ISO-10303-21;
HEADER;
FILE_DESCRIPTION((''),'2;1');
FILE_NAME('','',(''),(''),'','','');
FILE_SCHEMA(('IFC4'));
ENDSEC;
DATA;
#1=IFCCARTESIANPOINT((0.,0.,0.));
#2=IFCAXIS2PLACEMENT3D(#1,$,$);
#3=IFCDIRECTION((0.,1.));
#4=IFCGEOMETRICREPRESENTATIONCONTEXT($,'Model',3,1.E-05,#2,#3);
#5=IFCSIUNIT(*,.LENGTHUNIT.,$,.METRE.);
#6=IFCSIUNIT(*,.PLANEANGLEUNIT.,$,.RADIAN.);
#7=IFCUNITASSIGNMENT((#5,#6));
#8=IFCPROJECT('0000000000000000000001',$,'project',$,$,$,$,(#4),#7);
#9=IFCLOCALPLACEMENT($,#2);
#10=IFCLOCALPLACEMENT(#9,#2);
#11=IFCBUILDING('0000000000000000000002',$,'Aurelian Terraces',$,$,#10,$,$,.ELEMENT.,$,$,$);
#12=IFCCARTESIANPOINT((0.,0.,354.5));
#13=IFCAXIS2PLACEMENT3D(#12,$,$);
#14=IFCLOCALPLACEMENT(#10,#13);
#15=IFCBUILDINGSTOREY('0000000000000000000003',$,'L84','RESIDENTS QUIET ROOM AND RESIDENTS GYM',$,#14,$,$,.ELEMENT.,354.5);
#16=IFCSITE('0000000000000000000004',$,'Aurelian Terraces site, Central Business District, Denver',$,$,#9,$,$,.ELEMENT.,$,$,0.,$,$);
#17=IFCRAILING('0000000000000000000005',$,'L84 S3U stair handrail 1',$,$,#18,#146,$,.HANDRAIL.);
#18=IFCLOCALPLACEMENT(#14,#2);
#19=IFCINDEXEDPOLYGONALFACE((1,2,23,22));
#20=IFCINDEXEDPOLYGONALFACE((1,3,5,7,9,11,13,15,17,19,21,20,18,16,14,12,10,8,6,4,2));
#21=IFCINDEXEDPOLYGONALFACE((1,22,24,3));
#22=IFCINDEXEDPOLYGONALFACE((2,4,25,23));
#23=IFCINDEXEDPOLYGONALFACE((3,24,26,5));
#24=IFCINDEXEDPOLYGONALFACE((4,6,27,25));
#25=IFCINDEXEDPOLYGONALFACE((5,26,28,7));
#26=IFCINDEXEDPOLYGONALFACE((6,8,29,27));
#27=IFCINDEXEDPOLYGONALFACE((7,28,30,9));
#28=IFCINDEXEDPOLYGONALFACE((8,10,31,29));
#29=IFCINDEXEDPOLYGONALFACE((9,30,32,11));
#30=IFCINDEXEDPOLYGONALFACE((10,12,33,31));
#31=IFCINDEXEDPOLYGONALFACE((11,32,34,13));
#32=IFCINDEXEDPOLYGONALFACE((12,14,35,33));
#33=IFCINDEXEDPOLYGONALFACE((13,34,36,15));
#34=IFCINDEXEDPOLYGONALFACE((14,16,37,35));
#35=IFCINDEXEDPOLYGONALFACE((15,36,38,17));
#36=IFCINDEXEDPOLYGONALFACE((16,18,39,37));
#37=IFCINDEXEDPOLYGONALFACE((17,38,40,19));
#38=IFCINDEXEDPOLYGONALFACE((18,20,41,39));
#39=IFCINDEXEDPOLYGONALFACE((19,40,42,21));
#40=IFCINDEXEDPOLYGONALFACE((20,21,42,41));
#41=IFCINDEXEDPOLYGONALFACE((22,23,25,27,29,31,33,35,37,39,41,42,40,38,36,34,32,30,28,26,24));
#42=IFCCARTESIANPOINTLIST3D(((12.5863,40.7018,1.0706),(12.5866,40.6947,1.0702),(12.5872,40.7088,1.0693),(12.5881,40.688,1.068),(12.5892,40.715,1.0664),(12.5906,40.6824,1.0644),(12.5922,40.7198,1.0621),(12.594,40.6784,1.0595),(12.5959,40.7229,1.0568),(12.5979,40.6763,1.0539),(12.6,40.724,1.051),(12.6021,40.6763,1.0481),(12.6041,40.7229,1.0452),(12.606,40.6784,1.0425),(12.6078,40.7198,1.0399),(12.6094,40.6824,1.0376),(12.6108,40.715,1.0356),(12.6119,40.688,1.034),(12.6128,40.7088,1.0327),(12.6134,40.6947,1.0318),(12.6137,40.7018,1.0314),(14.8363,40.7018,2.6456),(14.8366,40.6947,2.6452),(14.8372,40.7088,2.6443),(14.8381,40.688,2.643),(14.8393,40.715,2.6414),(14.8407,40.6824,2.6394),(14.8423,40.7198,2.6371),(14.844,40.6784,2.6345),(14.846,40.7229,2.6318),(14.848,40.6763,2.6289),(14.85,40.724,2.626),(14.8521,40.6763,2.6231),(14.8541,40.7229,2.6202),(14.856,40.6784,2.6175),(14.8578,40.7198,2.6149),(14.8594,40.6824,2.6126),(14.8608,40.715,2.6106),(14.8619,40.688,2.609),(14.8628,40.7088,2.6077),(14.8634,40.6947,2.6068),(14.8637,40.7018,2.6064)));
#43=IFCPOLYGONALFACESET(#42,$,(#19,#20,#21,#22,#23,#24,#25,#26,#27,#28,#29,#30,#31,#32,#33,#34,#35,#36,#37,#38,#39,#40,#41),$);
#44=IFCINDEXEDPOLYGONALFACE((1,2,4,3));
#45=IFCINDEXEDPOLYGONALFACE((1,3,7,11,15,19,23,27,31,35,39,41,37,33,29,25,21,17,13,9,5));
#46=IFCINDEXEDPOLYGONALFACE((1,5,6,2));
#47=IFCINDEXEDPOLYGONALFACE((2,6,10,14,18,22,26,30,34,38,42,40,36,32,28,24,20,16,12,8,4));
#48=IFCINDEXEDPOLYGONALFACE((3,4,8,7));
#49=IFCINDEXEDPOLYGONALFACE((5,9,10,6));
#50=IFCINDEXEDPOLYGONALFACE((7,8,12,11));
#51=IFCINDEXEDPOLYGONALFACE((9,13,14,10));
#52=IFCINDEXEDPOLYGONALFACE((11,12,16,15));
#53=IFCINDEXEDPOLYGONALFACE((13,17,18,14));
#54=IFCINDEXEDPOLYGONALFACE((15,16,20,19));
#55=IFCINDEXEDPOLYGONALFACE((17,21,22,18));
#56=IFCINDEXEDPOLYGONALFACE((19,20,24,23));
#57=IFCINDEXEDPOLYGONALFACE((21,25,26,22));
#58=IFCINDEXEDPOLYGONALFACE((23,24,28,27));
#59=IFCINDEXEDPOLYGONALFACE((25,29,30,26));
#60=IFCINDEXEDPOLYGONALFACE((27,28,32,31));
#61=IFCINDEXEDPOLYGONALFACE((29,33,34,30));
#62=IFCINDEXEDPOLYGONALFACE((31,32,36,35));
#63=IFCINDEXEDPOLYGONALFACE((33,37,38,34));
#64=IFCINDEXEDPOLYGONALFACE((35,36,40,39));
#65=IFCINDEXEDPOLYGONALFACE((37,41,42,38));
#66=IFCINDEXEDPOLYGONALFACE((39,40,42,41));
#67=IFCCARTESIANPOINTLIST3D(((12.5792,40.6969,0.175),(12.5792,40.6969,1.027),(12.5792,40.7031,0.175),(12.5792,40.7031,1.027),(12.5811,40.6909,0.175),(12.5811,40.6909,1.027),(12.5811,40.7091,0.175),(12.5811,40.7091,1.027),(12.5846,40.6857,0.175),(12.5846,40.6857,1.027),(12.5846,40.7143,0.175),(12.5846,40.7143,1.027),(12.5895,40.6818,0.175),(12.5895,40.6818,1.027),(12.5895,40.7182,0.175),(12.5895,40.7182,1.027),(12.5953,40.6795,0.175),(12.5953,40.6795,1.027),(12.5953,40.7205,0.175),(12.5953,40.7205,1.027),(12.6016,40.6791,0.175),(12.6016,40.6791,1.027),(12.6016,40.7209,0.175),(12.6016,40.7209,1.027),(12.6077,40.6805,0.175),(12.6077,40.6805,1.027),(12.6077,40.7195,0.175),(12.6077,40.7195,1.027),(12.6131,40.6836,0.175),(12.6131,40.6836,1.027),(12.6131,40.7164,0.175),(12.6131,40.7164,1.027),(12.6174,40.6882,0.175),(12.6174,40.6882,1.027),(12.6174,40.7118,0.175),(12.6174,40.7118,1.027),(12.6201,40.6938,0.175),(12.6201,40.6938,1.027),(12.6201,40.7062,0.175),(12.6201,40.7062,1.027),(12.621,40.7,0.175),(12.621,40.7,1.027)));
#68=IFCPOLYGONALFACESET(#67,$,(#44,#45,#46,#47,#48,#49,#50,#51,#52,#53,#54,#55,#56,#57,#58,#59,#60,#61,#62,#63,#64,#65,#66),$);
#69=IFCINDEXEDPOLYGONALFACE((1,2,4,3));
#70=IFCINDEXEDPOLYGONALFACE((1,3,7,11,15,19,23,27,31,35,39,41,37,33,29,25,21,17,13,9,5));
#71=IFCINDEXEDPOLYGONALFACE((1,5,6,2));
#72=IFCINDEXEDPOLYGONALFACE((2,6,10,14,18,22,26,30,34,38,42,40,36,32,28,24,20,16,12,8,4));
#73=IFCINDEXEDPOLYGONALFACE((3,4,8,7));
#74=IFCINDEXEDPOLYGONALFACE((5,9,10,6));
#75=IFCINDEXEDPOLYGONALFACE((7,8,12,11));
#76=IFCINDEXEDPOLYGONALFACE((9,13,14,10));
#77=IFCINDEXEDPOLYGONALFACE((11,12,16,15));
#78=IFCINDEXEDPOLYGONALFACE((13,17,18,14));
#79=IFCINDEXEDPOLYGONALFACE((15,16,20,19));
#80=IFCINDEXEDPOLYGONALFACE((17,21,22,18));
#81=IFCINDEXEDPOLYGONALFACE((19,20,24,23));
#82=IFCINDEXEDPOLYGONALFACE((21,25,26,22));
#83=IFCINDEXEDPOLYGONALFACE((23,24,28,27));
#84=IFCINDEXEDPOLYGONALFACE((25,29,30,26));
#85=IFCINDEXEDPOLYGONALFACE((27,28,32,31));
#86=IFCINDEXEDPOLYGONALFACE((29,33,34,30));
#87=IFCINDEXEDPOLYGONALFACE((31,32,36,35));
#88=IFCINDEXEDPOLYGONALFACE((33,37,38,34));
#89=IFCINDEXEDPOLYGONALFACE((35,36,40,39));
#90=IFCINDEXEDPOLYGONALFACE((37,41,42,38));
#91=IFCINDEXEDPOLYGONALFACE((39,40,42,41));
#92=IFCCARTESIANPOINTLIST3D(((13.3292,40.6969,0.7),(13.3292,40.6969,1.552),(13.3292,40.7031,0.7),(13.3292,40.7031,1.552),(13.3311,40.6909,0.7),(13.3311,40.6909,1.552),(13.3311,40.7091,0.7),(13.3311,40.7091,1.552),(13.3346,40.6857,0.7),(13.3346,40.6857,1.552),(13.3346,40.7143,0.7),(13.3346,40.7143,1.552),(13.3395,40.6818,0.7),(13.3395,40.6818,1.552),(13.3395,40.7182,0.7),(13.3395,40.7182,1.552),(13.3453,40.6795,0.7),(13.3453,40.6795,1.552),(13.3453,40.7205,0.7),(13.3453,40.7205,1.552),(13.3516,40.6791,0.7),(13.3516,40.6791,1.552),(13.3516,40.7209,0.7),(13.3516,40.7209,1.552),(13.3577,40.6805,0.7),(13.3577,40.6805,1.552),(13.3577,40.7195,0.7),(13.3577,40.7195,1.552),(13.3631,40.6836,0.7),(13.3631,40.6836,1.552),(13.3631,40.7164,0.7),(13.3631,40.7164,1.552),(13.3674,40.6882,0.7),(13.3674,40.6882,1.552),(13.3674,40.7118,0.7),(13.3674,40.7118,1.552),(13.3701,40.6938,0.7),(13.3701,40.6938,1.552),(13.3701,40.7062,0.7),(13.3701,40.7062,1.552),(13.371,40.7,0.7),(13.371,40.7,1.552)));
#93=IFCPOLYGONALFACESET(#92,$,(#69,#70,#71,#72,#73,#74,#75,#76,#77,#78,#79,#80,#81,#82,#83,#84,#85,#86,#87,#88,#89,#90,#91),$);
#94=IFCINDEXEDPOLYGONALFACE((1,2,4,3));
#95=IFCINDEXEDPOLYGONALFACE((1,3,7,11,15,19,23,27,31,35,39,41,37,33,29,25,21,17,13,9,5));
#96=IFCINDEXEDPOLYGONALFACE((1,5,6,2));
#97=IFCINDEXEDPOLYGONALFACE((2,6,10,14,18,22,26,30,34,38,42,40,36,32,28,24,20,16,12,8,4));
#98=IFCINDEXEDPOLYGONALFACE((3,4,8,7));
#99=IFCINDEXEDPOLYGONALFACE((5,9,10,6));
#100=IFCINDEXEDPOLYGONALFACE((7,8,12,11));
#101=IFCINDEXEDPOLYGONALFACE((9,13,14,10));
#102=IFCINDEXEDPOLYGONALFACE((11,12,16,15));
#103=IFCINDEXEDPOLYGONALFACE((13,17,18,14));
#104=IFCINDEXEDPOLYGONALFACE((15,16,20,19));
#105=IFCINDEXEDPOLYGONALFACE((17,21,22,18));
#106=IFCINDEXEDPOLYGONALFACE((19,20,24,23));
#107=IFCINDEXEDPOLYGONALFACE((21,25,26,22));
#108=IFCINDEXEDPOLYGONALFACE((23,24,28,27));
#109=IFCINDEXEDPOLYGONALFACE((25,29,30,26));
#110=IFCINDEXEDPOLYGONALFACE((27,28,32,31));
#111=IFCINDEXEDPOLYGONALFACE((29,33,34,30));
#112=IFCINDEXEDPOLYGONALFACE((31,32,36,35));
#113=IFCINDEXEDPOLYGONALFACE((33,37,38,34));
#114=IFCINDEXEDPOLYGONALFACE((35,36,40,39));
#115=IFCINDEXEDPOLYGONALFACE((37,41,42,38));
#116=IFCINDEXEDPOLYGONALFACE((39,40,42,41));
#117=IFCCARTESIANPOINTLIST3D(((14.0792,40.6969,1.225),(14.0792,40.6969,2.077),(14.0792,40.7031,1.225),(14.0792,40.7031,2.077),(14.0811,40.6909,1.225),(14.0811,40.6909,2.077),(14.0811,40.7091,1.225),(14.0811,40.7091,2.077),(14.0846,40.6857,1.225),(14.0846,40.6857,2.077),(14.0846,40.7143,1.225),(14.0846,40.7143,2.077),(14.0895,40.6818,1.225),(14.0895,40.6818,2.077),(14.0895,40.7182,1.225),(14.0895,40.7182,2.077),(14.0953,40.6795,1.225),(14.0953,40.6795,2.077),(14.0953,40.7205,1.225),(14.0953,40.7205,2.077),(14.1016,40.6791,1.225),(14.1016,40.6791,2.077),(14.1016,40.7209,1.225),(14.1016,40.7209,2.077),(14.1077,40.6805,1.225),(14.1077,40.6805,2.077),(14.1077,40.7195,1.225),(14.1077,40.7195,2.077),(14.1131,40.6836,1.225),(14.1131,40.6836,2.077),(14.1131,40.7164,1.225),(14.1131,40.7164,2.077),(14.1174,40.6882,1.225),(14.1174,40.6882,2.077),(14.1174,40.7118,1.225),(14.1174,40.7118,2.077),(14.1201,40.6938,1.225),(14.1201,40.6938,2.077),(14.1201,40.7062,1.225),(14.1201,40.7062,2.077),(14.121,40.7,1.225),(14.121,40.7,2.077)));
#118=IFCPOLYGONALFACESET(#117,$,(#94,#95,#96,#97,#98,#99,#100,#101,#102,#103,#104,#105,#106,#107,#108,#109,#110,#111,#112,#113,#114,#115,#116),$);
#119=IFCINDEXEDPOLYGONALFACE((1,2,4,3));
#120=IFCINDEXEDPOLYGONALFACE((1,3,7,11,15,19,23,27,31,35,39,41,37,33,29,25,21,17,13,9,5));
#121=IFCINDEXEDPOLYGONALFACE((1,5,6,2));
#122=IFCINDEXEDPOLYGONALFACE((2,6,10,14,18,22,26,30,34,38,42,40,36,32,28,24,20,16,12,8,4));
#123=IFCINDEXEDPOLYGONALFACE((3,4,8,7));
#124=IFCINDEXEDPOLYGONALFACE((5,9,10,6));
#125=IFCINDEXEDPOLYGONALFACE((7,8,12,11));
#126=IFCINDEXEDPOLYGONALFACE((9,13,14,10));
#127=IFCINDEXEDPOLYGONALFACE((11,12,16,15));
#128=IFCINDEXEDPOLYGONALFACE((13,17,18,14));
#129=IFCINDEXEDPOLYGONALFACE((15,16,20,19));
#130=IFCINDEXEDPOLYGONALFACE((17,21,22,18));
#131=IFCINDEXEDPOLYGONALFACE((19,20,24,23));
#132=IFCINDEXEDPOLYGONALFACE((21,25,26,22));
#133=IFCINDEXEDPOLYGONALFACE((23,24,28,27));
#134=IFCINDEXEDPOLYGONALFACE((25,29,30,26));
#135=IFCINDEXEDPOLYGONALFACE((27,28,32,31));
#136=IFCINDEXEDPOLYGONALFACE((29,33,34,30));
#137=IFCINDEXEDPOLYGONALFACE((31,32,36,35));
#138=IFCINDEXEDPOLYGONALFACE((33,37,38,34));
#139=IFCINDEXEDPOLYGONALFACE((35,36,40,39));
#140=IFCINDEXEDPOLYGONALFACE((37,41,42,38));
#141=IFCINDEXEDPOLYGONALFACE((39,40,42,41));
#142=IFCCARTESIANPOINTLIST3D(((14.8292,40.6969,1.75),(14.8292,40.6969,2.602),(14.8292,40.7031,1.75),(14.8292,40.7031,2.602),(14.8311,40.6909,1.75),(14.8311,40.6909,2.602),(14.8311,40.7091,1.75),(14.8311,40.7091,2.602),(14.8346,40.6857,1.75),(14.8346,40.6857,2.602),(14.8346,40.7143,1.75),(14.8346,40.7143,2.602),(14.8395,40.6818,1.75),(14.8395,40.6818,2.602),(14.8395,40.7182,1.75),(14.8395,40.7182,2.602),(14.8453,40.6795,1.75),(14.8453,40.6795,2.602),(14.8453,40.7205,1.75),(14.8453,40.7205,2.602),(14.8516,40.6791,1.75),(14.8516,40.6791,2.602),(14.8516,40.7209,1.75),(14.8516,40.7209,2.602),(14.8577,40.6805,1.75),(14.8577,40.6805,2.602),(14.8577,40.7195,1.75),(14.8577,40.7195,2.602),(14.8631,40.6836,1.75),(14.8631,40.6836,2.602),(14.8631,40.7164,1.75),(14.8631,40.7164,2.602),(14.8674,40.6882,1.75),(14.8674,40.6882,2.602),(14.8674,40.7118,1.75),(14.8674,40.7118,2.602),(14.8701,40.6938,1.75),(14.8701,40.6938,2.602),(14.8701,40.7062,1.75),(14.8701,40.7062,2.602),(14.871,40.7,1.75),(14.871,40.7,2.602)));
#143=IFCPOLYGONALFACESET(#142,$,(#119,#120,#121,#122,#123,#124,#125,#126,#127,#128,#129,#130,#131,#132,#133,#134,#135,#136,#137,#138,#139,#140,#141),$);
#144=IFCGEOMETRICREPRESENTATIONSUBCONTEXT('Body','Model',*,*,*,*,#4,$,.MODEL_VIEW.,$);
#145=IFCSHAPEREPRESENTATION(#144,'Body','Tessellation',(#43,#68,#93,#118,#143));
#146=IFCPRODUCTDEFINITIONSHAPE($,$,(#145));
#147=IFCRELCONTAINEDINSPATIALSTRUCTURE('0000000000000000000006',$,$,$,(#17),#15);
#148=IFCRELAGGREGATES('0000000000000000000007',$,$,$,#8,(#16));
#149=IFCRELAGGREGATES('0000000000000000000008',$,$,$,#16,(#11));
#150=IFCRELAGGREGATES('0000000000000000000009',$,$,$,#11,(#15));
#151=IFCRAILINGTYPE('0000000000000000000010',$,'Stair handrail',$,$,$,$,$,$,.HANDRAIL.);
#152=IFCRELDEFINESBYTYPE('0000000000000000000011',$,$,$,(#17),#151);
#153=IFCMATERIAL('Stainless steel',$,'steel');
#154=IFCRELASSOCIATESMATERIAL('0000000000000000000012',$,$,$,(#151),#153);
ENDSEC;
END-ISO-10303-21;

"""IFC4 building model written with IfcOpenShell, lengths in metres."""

from ifc_helpers import new_model, si_unit, direction, frame, origin, origin_2d, place, context, subcontext, project, spatial, circle, extrude, source, transform, mapped, material, type_object, element, save


model = new_model("IFC4")

# Units and contexts
model_context = context("Model", 3, precision=1e-05, world=origin(), true_north=direction((0.0, 1.0)))
body_context = subcontext(model_context, "Body", "Model", "MODEL_VIEW")
ifc_project = project(units=[si_unit("LENGTHUNIT", "METRE"), si_unit("PLANEANGLEUNIT", "RADIAN")], contexts=[model_context])

# Site, building, storey
site_placement = place(None, origin())
site = spatial("IfcSite", under=ifc_project, at=site_placement, Name="Aurelian Terraces site, Central Business District, Denver", CompositionType="ELEMENT", RefElevation=0.0)
building_placement = place(site_placement, origin())
building = spatial("IfcBuilding", under=site, at=building_placement, Name="Aurelian Terraces", CompositionType="ELEMENT")
storey_placement = place(building_placement, frame((0.0, 0.0, 354.5)))
storey = spatial("IfcBuildingStorey", under=building, at=storey_placement, Name="L84", Description="RESIDENTS QUIET ROOM AND RESIDENTS GYM", CompositionType="ELEMENT", Elevation=354.5)

# Railing
ifc_material_1 = material(Name="Stainless steel", Category="steel")
railing_type_1 = type_object("IfcRailingType", Name="Stair handrail", PredefinedType="HANDRAIL", material=ifc_material_1)
shared_shape_1 = source(origin(), body_context, "Body", "SweptSolid", [
    extrude(circle(Radius=0.024, at=origin_2d()), frame((0.0, 0.0, 0.876), z_axis=(0.819232, 0.0, 0.573462), x_axis=(0.0, 1.0, 0.0)), (0.0, 0.0, 1.0), 2.7465),
    extrude(circle(Radius=0.021, at=origin_2d()), origin(), (0.0, 0.0, 1.0), 0.852),
    extrude(circle(Radius=0.021, at=origin_2d()), frame((0.75, 0.0, 0.525)), (0.0, 0.0, 1.0), 0.852),
    extrude(circle(Radius=0.021, at=origin_2d()), frame((1.5, 0.0, 1.05)), (0.0, 0.0, 1.0), 0.852),
    extrude(circle(Radius=0.021, at=origin_2d()), frame((2.25, 0.0, 1.575)), (0.0, 0.0, 1.0), 0.852),
])
railing_1_placement = place(storey_placement, frame((12.6, 40.7, 0.175)))
element("IfcRailing", 1, at=railing_1_placement, inside=storey, type_object=railing_type_1, Name="L84 S3U stair handrail 1", PredefinedType="HANDRAIL", context=body_context, shape_type="MappedRepresentation", body=[
    mapped(shared_shape_1, transform((0.0, 0.0, 0.0), scale=1.0)),
])

save(model, "model.ifc")
